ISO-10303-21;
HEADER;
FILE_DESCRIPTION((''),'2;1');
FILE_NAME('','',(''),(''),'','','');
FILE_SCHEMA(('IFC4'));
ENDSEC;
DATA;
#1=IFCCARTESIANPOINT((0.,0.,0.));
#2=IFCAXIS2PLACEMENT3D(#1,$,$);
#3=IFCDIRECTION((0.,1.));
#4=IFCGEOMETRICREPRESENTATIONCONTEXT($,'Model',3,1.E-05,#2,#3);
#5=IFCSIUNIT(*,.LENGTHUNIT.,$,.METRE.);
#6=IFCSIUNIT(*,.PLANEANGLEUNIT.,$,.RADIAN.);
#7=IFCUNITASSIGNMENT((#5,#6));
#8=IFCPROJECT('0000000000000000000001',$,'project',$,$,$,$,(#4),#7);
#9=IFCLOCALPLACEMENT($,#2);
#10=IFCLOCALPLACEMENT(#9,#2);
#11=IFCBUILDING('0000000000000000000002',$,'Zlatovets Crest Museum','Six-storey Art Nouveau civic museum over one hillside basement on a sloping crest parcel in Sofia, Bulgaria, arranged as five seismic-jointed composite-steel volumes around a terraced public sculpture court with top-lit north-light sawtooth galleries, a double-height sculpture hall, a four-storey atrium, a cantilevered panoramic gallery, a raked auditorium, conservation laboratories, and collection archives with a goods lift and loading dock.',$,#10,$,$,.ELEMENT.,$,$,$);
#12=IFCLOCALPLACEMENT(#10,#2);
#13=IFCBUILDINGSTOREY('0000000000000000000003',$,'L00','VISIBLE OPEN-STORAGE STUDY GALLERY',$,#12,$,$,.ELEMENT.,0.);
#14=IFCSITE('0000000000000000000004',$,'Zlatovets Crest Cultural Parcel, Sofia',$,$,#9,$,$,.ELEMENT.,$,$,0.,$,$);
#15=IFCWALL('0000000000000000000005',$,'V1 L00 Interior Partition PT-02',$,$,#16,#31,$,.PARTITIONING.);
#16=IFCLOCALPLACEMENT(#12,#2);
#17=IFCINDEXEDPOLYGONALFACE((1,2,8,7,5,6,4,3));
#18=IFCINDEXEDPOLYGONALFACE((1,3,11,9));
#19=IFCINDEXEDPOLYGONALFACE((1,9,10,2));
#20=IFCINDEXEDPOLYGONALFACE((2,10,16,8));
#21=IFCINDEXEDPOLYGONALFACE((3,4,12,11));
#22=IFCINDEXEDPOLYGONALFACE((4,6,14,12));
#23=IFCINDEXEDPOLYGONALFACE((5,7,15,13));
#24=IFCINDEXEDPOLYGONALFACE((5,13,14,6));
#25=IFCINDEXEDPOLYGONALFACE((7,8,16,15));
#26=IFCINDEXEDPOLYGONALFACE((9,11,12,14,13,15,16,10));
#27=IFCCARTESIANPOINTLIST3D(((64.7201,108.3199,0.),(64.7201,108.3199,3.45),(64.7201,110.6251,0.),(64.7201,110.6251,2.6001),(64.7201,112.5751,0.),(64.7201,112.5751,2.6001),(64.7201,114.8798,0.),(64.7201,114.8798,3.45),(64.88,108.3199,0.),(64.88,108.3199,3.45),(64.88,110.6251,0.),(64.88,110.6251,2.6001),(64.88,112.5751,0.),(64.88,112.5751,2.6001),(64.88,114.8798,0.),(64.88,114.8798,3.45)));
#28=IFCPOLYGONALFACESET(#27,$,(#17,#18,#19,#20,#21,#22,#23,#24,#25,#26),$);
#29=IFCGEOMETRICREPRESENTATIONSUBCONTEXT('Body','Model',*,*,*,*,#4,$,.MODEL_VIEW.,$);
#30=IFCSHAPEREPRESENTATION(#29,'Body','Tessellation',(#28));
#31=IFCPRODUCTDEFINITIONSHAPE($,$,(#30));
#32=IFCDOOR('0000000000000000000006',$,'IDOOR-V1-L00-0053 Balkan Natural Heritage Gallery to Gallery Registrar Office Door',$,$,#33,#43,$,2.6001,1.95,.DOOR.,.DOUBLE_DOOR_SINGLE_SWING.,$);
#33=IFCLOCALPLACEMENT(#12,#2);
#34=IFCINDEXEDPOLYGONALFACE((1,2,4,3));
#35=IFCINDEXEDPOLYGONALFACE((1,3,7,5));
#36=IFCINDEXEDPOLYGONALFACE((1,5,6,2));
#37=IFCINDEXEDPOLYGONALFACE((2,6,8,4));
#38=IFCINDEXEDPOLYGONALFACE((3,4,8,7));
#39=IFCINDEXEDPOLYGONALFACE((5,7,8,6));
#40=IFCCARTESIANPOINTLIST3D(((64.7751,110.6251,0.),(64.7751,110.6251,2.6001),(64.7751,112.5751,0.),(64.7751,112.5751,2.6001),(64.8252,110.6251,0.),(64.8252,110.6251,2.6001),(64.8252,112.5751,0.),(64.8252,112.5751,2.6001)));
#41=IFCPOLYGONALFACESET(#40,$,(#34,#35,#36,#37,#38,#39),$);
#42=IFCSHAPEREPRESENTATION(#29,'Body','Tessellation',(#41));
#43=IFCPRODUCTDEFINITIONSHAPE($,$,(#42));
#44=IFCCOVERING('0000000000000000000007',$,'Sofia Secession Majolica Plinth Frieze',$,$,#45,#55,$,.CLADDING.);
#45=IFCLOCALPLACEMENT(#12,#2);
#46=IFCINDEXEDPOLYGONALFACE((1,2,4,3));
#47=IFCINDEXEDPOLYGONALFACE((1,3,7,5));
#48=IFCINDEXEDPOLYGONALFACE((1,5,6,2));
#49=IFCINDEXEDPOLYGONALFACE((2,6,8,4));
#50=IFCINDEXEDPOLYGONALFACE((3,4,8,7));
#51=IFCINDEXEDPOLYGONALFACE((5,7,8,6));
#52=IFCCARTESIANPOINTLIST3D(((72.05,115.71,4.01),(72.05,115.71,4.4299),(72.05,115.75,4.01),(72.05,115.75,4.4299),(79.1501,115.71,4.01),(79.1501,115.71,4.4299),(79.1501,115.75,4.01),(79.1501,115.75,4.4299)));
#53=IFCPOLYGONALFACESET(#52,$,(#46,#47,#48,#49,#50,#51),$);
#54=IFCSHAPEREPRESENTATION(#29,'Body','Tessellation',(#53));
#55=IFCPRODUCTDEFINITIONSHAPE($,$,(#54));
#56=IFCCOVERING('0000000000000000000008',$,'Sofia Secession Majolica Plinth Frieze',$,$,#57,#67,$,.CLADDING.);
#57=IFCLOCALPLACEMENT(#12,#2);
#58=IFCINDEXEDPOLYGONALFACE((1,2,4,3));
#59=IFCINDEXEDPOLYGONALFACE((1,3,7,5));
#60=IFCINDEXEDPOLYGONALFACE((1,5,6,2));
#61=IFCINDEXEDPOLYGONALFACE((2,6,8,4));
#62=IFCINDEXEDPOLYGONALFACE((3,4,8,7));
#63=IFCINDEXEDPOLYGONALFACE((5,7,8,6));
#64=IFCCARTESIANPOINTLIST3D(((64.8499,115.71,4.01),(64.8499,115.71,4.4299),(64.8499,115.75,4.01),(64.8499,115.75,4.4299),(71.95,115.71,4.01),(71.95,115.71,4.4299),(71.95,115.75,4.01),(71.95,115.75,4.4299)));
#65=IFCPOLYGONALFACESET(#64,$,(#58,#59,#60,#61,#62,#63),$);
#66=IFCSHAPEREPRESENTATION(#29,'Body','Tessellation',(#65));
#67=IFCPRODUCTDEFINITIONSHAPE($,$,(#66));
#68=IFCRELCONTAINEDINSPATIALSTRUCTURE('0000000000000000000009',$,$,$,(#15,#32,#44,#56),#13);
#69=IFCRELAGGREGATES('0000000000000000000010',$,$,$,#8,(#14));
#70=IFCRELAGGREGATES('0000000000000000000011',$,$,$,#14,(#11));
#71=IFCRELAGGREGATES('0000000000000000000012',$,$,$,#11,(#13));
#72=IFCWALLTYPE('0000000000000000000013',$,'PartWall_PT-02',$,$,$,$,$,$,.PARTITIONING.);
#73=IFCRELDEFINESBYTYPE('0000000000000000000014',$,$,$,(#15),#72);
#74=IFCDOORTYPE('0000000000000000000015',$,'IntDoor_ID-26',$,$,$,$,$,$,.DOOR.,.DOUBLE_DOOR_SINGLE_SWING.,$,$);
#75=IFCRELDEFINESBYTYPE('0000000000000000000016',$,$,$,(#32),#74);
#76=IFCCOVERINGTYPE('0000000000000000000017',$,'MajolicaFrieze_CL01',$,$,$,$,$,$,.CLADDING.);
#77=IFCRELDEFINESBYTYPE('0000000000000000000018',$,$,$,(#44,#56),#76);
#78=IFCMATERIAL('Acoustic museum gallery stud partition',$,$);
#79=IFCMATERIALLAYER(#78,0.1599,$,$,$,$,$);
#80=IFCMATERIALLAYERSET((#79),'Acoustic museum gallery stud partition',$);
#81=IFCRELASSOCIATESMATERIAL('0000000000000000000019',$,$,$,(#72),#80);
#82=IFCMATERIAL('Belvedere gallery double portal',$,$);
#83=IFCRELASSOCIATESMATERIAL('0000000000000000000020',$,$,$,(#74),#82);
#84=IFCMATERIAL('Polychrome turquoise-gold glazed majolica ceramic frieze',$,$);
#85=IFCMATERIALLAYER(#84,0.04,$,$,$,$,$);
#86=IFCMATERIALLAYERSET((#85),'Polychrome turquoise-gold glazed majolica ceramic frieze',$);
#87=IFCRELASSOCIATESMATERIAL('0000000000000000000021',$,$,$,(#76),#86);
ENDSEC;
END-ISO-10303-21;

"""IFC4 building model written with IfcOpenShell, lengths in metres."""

from ifc_helpers import new_model, si_unit, direction, frame, frame_2d, origin, origin_2d, place, context, subcontext, project, spatial, rectangle, extrude, material, layer, layer_set, type_object, element, fill, save


model = new_model("IFC4")

# Units and contexts
model_context = context("Model", 3, precision=1e-05, world=origin(), true_north=direction((0.0, 1.0)))
body_context = subcontext(model_context, "Body", "Model", "MODEL_VIEW")
ifc_project = project(units=[si_unit("LENGTHUNIT", "METRE"), si_unit("PLANEANGLEUNIT", "RADIAN")], contexts=[model_context])

# Site, building, storey
site_placement = place(None, origin())
site = spatial("IfcSite", under=ifc_project, at=site_placement, Name="Zlatovets Crest Cultural Parcel, Sofia", CompositionType="ELEMENT", RefElevation=0.0)
building_placement = place(site_placement, origin())
building = spatial("IfcBuilding", under=site, at=building_placement, Name="Zlatovets Crest Museum", Description="Six-storey Art Nouveau civic museum over one hillside basement on a sloping crest parcel in Sofia, Bulgaria, arranged as five seismic-jointed composite-steel volumes around a terraced public sculpture court with top-lit north-light sawtooth galleries, a double-height sculpture hall, a four-storey atrium, a cantilevered panoramic gallery, a raked auditorium, conservation laboratories, and collection archives with a goods lift and loading dock.", CompositionType="ELEMENT")
storey_placement = place(building_placement, origin())
storey = spatial("IfcBuildingStorey", under=building, at=storey_placement, Name="L00", Description="VISIBLE OPEN-STORAGE STUDY GALLERY", CompositionType="ELEMENT", Elevation=0.0)

# Wall, opening, door
ifc_material_1 = material(Name="Acoustic museum gallery stud partition")
ifc_layer_1 = layer(ifc_material_1, 0.1599)
ifc_layer_set_1 = layer_set([ifc_layer_1], Name="Acoustic museum gallery stud partition")
wall_type_1 = type_object("IfcWallType", Name="PartWall_PT-02", PredefinedType="PARTITIONING", material=ifc_layer_set_1)
wall_1_placement = place(storey_placement, frame((64.8, 108.3201, 0.0), z_axis=(0.0, 0.0, 1.0), x_axis=(0.0, 1.0, 0.0)))
wall_1 = element("IfcWall", 1, at=wall_1_placement, inside=storey, type_object=wall_type_1, Name="V1 L00 Interior Partition PT-02", PredefinedType="PARTITIONING", context=body_context, shape_type="SweptSolid", body=[
    extrude(rectangle(XDim=6.5598, YDim=0.1599, at=frame_2d((3.2798, 0.0))), origin(), (0.0, 0.0, 1.0), 3.45),
])
opening_1_placement = place(wall_1_placement, frame((2.3049, 0.0, 0.0)))
opening_1 = element("IfcOpeningElement", 2, at=opening_1_placement, cuts=wall_1, PredefinedType="OPENING", context=body_context, shape_type="SweptSolid", body=[
    extrude(rectangle(XDim=1.95, YDim=2.6001, at=frame_2d((0.9751, 1.3))), frame((0.0, 0.0898, 0.0), z_axis=(0.0, -1.0, 0.0), x_axis=(1.0, 0.0, 0.0)), (0.0, 0.0, 1.0), 0.1799),
])
ifc_material_2 = material(Name="Belvedere gallery double portal")
door_type = type_object("IfcDoorType", Name="IntDoor_ID-26", OperationType="DOUBLE_DOOR_SINGLE_SWING", PredefinedType="DOOR", material=ifc_material_2)
door_placement = place(opening_1_placement, origin())
door = element("IfcDoor", 3, at=door_placement, inside=storey, type_object=door_type, Name="IDOOR-V1-L00-0053 Balkan Natural Heritage Gallery to Gallery Registrar Office Door", OperationType="DOUBLE_DOOR_SINGLE_SWING", OverallHeight=2.6001, OverallWidth=1.95, PredefinedType="DOOR", context=body_context, shape_type="SweptSolid", body=[
    extrude(rectangle(XDim=1.95, YDim=2.6001, at=frame_2d((0.9751, 1.3))), frame((0.0, 0.0249, 0.0), z_axis=(0.0, -1.0, 0.0), x_axis=(1.0, 0.0, 0.0)), (0.0, 0.0, 1.0), 0.05),
])
fill(opening_1, door)

# Coverings
ifc_material_3 = material(Name="Polychrome turquoise-gold glazed majolica ceramic frieze")
ifc_layer_2 = layer(ifc_material_3, 0.04)
ifc_layer_set_2 = layer_set([ifc_layer_2], Name="Polychrome turquoise-gold glazed majolica ceramic frieze")
covering_type = type_object("IfcCoveringType", Name="MajolicaFrieze_CL01", PredefinedType="CLADDING", material=ifc_layer_set_2)
for number, where, z_axis, x_axis, name in (
    (4, (75.6001, 115.73, 4.01), (0.0, 0.0, 1.0), (1.0, 0.0, 0.0), "Sofia Secession Majolica Plinth Frieze"),
    (5, (68.3999, 115.73, 4.01), (0.0, 0.0, 1.0), (1.0, 0.0, 0.0), "Sofia Secession Majolica Plinth Frieze"),
):
    element("IfcCovering", number, at=place(storey_placement, frame(where, z_axis=z_axis, x_axis=x_axis)), inside=storey, type_object=covering_type, Name=name, PredefinedType="CLADDING", context=body_context, shape_type="SweptSolid", body=[
        extrude(rectangle(XDim=7.1001, YDim=0.04, at=origin_2d()), origin(), (0.0, 0.0, 1.0), 0.4199),
    ])

save(model, "model.ifc")
